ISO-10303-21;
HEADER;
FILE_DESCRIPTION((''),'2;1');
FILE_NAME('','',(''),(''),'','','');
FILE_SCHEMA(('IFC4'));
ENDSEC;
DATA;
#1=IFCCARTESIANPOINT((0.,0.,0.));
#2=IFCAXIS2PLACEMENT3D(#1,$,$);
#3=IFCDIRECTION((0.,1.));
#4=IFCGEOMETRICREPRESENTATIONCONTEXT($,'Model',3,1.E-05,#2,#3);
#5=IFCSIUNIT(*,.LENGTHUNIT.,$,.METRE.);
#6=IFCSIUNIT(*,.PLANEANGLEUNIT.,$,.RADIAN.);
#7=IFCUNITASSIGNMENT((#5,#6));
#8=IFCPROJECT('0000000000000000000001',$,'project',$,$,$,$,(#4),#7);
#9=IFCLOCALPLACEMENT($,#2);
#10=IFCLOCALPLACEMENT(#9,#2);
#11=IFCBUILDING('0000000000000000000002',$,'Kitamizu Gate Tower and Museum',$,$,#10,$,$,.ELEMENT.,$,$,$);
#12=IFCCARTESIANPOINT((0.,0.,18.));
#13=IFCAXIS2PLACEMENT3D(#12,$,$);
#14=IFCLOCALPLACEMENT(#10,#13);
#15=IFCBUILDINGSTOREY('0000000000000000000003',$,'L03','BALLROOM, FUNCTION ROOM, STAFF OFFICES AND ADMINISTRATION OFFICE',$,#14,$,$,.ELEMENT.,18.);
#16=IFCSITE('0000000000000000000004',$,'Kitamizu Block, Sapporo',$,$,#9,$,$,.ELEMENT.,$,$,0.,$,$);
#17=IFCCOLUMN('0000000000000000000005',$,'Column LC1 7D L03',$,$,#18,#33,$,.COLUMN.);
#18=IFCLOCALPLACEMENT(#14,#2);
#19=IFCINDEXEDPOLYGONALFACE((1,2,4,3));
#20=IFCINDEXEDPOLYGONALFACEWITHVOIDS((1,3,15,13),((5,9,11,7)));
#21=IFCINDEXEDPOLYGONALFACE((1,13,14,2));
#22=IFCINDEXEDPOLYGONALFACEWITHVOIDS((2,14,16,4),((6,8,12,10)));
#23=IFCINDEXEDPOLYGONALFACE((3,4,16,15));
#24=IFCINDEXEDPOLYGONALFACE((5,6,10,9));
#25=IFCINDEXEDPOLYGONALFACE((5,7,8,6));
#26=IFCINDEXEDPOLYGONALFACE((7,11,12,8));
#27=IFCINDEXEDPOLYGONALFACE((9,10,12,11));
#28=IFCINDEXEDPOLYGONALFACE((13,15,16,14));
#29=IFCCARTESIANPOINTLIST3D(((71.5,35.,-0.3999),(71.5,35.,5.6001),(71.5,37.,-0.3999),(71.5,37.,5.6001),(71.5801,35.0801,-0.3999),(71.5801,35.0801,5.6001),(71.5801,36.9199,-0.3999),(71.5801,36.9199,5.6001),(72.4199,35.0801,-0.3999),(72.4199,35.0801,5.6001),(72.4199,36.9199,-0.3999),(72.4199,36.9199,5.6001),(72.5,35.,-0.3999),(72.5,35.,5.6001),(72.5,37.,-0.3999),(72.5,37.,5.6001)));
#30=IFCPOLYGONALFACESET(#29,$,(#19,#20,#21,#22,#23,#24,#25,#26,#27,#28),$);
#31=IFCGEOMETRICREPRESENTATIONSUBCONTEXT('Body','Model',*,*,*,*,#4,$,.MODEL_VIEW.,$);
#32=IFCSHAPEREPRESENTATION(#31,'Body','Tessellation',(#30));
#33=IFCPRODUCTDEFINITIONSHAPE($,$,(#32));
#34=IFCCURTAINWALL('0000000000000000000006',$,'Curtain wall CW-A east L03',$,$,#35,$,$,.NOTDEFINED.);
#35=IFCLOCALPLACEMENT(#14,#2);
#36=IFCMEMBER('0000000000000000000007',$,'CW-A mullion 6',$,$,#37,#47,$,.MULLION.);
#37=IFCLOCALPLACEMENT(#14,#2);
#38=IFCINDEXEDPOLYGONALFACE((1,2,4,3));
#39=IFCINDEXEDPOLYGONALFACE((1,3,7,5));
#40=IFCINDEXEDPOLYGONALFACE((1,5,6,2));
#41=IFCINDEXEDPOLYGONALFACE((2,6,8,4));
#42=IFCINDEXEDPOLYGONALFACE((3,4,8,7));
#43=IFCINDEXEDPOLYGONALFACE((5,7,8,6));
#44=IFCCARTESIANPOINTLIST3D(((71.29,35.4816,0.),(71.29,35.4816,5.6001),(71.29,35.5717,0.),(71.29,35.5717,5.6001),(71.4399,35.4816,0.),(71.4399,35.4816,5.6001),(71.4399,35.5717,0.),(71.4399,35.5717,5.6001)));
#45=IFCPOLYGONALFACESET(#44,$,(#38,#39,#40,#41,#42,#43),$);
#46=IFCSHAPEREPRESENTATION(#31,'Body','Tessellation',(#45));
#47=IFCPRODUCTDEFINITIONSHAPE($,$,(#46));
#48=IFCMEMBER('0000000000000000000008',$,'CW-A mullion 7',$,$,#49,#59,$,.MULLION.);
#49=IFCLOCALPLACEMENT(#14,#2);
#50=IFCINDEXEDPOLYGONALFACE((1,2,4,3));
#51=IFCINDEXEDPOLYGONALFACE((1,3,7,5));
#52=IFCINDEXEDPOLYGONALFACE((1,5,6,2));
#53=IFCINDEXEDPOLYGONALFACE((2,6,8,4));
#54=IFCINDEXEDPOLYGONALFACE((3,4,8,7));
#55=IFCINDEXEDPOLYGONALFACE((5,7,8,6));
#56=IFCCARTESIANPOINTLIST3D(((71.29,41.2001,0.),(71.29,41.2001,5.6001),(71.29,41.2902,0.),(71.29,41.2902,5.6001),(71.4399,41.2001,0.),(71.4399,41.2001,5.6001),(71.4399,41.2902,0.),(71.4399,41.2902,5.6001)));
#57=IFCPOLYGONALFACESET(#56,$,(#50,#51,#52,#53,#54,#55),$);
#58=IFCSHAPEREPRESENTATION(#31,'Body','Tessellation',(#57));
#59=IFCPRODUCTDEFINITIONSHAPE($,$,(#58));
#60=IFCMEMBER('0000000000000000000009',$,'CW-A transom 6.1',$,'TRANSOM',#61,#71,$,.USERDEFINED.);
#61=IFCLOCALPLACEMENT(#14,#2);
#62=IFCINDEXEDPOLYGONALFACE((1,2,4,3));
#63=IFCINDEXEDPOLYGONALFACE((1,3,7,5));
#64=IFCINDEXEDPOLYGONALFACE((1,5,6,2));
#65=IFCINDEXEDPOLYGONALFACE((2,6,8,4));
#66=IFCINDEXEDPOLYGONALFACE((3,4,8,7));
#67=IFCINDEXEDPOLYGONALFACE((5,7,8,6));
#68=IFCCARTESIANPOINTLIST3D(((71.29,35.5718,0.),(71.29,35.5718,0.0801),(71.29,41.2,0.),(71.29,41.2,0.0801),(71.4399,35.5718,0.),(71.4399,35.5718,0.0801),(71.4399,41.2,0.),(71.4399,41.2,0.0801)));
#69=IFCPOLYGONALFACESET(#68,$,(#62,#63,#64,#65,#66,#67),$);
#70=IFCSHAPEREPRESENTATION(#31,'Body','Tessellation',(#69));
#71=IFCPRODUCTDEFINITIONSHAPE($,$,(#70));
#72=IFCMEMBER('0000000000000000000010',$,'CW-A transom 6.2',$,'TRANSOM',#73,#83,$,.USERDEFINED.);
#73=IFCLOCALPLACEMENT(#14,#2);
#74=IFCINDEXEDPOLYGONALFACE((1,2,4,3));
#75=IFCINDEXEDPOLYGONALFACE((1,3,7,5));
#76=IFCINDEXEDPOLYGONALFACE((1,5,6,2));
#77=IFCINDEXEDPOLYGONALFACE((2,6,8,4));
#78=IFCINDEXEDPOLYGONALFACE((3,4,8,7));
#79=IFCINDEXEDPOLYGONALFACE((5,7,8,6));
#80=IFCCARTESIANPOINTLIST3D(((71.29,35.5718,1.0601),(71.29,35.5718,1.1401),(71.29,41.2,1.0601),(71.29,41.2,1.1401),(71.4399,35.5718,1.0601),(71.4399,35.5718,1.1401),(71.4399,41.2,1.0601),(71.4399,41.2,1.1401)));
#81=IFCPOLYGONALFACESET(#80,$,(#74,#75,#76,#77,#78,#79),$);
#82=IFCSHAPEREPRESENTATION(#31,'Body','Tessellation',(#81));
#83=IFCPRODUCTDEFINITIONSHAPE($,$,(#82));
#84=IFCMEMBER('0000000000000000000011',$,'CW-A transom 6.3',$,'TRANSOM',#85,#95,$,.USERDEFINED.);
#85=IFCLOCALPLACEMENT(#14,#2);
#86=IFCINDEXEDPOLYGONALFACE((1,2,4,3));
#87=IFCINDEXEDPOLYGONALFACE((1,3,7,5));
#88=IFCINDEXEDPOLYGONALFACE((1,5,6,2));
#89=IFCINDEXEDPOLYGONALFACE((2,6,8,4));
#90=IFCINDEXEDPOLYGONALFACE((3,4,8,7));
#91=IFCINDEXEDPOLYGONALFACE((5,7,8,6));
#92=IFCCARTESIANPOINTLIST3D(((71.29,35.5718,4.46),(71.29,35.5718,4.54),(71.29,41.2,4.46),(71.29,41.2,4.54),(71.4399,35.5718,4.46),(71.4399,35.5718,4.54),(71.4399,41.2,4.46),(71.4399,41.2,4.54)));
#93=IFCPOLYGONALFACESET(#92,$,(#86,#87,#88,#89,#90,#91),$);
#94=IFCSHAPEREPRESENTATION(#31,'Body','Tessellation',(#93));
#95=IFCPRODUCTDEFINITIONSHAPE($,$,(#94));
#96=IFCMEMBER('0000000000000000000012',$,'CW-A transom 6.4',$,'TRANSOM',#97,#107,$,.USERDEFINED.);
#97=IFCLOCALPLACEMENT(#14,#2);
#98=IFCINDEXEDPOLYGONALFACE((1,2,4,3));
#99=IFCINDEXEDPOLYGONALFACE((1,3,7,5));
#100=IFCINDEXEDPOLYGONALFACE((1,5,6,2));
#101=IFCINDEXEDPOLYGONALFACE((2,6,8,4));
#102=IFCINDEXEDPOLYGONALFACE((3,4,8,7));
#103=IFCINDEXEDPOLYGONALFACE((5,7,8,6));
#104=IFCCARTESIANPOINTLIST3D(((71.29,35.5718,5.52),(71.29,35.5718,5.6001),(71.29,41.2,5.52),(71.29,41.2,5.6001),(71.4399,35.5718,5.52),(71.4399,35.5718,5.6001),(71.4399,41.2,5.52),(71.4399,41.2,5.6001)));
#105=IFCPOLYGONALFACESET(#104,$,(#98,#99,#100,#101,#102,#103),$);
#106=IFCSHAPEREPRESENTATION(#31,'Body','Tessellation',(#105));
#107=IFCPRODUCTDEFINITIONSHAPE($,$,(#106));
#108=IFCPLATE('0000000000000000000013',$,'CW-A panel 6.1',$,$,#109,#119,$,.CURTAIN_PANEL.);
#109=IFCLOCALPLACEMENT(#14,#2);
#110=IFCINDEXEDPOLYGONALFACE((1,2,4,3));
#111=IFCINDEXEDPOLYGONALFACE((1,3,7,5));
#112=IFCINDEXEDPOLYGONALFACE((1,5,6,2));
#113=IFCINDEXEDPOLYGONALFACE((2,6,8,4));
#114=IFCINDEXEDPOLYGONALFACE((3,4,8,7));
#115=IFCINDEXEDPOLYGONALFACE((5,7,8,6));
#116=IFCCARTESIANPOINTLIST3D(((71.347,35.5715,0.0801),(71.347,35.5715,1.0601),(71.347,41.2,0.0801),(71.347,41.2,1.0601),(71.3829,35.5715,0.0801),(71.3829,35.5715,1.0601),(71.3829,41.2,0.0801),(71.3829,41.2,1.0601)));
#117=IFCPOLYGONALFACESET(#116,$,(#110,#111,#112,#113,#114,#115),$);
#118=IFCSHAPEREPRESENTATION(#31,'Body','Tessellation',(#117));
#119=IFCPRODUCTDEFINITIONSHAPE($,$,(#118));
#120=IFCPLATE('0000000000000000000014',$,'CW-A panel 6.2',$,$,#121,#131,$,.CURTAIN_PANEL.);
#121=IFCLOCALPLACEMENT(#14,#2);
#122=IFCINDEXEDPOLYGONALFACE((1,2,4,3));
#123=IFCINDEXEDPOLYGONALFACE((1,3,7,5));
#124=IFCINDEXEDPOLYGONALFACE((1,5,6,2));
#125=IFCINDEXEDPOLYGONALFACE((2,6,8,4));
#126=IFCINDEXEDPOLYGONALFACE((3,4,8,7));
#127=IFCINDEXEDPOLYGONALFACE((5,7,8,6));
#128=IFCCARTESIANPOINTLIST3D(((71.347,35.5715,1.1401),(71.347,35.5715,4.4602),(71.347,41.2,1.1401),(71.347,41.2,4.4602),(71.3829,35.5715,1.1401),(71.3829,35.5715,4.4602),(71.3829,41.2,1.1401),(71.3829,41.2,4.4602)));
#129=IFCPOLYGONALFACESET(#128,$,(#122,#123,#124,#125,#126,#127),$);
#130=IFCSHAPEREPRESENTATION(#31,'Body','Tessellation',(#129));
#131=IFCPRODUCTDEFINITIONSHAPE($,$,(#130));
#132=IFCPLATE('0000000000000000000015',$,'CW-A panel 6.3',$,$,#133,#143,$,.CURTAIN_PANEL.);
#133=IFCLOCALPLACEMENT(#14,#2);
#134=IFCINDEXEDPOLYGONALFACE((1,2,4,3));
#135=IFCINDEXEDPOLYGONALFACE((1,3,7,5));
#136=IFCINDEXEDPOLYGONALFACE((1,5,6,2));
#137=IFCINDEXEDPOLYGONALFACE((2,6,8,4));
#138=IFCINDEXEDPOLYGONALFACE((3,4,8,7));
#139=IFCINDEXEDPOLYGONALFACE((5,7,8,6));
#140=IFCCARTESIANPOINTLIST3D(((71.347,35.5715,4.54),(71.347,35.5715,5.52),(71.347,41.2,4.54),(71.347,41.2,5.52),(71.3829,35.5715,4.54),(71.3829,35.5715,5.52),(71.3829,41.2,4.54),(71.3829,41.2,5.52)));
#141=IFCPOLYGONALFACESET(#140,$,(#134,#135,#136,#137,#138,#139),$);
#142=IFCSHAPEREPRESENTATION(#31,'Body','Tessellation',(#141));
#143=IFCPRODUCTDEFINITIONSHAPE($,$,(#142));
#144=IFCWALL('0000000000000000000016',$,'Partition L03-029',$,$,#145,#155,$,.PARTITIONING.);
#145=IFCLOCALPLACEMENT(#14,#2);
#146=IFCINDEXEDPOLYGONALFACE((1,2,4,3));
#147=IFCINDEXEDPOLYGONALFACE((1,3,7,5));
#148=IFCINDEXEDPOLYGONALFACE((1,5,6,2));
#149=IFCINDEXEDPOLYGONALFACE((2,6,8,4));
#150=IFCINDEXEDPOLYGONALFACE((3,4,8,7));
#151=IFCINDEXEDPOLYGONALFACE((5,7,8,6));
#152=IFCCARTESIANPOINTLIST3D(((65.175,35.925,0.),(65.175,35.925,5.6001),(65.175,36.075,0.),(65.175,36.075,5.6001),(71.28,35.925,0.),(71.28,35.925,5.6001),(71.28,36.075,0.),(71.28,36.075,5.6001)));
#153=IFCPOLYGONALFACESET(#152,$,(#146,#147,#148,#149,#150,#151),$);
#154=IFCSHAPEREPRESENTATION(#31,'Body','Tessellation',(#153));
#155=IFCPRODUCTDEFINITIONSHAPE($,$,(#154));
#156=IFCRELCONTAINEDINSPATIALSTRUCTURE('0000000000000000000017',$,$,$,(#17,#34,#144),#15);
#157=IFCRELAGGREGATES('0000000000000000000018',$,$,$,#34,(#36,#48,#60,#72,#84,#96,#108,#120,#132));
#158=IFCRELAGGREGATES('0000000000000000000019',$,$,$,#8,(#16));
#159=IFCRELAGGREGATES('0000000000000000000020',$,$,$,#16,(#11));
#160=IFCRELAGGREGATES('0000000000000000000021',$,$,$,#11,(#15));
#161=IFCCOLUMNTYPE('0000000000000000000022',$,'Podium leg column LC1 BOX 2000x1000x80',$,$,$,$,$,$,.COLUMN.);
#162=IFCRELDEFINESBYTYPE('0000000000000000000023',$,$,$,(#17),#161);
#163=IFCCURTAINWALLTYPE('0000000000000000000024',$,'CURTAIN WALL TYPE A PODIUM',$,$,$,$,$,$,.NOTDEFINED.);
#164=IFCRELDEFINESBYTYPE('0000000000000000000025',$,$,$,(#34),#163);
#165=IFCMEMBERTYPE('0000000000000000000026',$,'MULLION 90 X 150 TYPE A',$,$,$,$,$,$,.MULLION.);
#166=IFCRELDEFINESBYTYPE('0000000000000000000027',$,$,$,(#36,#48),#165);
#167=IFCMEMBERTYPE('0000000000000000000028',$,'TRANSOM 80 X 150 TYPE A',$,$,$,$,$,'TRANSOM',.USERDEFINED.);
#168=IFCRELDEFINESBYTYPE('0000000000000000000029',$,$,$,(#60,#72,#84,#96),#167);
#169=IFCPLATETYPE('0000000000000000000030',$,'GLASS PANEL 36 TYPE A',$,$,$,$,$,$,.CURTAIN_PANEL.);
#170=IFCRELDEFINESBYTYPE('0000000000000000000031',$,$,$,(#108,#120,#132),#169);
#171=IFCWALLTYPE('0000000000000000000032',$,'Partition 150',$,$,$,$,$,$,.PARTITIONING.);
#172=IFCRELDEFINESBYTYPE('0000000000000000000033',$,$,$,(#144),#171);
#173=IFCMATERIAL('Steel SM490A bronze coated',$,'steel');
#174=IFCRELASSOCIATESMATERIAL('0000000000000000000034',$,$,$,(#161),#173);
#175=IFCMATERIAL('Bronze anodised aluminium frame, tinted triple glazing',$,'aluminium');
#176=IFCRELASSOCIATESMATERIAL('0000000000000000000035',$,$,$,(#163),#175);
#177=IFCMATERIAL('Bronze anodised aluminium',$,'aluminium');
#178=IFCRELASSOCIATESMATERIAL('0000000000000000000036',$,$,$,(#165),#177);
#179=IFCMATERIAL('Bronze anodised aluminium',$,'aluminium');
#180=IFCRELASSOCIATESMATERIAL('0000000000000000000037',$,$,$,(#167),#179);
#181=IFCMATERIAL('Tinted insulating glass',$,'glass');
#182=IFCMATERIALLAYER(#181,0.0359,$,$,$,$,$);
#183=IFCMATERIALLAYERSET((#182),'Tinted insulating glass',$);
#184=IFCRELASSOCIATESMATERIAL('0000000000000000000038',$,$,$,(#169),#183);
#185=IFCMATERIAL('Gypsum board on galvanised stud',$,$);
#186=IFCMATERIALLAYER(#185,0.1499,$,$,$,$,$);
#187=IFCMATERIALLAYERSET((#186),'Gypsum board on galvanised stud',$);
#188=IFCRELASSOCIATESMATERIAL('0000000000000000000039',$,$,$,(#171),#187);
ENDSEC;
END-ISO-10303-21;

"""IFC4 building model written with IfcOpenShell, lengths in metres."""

from ifc_helpers import new_model, si_unit, direction, frame, frame_2d, origin, origin_2d, place, context, subcontext, project, spatial, rectangle, hollow_rectangle, extrude, material, layer, layer_set, material_profile, profile_set, type_object, element, aggregate, save


model = new_model("IFC4")

# Units and contexts
model_context = context("Model", 3, precision=1e-05, world=origin(), true_north=direction((0.0, 1.0)))
body_context = subcontext(model_context, "Body", "Model", "MODEL_VIEW")
ifc_project = project(units=[si_unit("LENGTHUNIT", "METRE"), si_unit("PLANEANGLEUNIT", "RADIAN")], contexts=[model_context])

# Site, building, storey
site_placement = place(None, origin())
site = spatial("IfcSite", under=ifc_project, at=site_placement, Name="Kitamizu Block, Sapporo", CompositionType="ELEMENT", RefElevation=0.0)
building_placement = place(site_placement, origin())
building = spatial("IfcBuilding", under=site, at=building_placement, Name="Kitamizu Gate Tower and Museum", CompositionType="ELEMENT")
storey_placement = place(building_placement, frame((0.0, 0.0, 18.0)))
storey = spatial("IfcBuildingStorey", under=building, at=storey_placement, Name="L03", Description="BALLROOM, FUNCTION ROOM, STAFF OFFICES AND ADMINISTRATION OFFICE", CompositionType="ELEMENT", Elevation=18.0)

# Column
ifc_material_1 = material(Name="Steel SM490A bronze coated", Category="steel")
ifc_material_profile_1 = material_profile(ifc_material_1, hollow_rectangle(XDim=2.0, YDim=1.0, WallThickness=0.0801, at=origin_2d()), Name="BOX 2000x1000x80")
ifc_profile_set_1 = profile_set([ifc_material_profile_1], Name="Steel SM490A bronze coated")
column_type = type_object("IfcColumnType", Name="Podium leg column LC1 BOX 2000x1000x80", PredefinedType="COLUMN", material=ifc_profile_set_1)
column_placement = place(storey_placement, frame((72.0, 36.0, -0.3999), z_axis=(0.0, 0.0, 1.0), x_axis=(0.0, 1.0, 0.0)))
element("IfcColumn", 1, at=column_placement, inside=storey, type_object=column_type, Name="Column LC1 7D L03", PredefinedType="COLUMN", context=body_context, shape_type="SweptSolid", body=[
    extrude(hollow_rectangle(XDim=2.0, YDim=1.0, WallThickness=0.0801, at=origin_2d()), origin(), (0.0, 0.0, 1.0), 6.0),
])

# Curtain wall, members, plates
ifc_material_2 = material(Name="Bronze anodised aluminium frame, tinted triple glazing", Category="aluminium")
curtain_wall_type = type_object("IfcCurtainWallType", Name="CURTAIN WALL TYPE A PODIUM", PredefinedType="NOTDEFINED", material=ifc_material_2)
curtain_wall_placement = place(storey_placement, origin())
curtain_wall = element("IfcCurtainWall", 2, at=curtain_wall_placement, inside=storey, type_object=curtain_wall_type, Name="Curtain wall CW-A east L03", PredefinedType="NOTDEFINED")
ifc_material_3 = material(Name="Bronze anodised aluminium", Category="aluminium")
ifc_material_profile_2 = material_profile(ifc_material_3, rectangle(XDim=0.0901, YDim=0.1499, at=origin_2d()), Name="AL 90X150")
ifc_profile_set_2 = profile_set([ifc_material_profile_2], Name="Bronze anodised aluminium")
member_type_1 = type_object("IfcMemberType", Name="MULLION 90 X 150 TYPE A", PredefinedType="MULLION", material=ifc_profile_set_2)
member_1_placement = place(storey_placement, frame((71.365, 35.5266, 0.0), z_axis=(0.0, 0.0, 1.0), x_axis=(0.0, 1.0, 0.0)))
member_1 = element("IfcMember", 3, at=member_1_placement, type_object=member_type_1, Name="CW-A mullion 6", PredefinedType="MULLION", context=body_context, shape_type="SweptSolid", body=[
    extrude(rectangle(XDim=0.0901, YDim=0.1499, at=origin_2d()), origin(), (0.0, 0.0, 1.0), 5.6001),
])
member_2_placement = place(storey_placement, frame((71.365, 41.2451, 0.0), z_axis=(0.0, 0.0, 1.0), x_axis=(0.0, 1.0, 0.0)))
member_2 = element("IfcMember", 4, at=member_2_placement, type_object=member_type_1, Name="CW-A mullion 7", PredefinedType="MULLION", context=body_context, shape_type="SweptSolid", body=[
    extrude(rectangle(XDim=0.0901, YDim=0.1499, at=origin_2d()), origin(), (0.0, 0.0, 1.0), 5.6001),
])
ifc_material_4 = material(Name="Bronze anodised aluminium", Category="aluminium")
ifc_material_profile_3 = material_profile(ifc_material_4, rectangle(XDim=0.1499, YDim=0.0801, at=origin_2d()), Name="AL 80X150")
ifc_profile_set_3 = profile_set([ifc_material_profile_3], Name="Bronze anodised aluminium")
member_type_2 = type_object("IfcMemberType", Name="TRANSOM 80 X 150 TYPE A", ElementType="TRANSOM", PredefinedType="USERDEFINED", material=ifc_profile_set_3)
member_3_placement = place(storey_placement, frame((71.365, 35.5718, 0.04), z_axis=(0.0, 1.0, 0.0), x_axis=(-1.0, 0.0, 0.0)))
member_3 = element("IfcMember", 5, at=member_3_placement, type_object=member_type_2, Name="CW-A transom 6.1", ObjectType="TRANSOM", PredefinedType="USERDEFINED", context=body_context, shape_type="SweptSolid", body=[
    extrude(rectangle(XDim=0.1499, YDim=0.0801, at=origin_2d()), origin(), (0.0, 0.0, 1.0), 5.6282),
])
member_4_placement = place(storey_placement, frame((71.365, 35.5718, 1.1001), z_axis=(0.0, 1.0, 0.0), x_axis=(-1.0, 0.0, 0.0)))
member_4 = element("IfcMember", 6, at=member_4_placement, type_object=member_type_2, Name="CW-A transom 6.2", ObjectType="TRANSOM", PredefinedType="USERDEFINED", context=body_context, shape_type="SweptSolid", body=[
    extrude(rectangle(XDim=0.1499, YDim=0.0801, at=origin_2d()), origin(), (0.0, 0.0, 1.0), 5.6282),
])
member_5_placement = place(storey_placement, frame((71.365, 35.5718, 4.5), z_axis=(0.0, 1.0, 0.0), x_axis=(-1.0, 0.0, 0.0)))
member_5 = element("IfcMember", 7, at=member_5_placement, type_object=member_type_2, Name="CW-A transom 6.3", ObjectType="TRANSOM", PredefinedType="USERDEFINED", context=body_context, shape_type="SweptSolid", body=[
    extrude(rectangle(XDim=0.1499, YDim=0.0801, at=origin_2d()), origin(), (0.0, 0.0, 1.0), 5.6282),
])
member_6_placement = place(storey_placement, frame((71.365, 35.5718, 5.5601), z_axis=(0.0, 1.0, 0.0), x_axis=(-1.0, 0.0, 0.0)))
member_6 = element("IfcMember", 8, at=member_6_placement, type_object=member_type_2, Name="CW-A transom 6.4", ObjectType="TRANSOM", PredefinedType="USERDEFINED", context=body_context, shape_type="SweptSolid", body=[
    extrude(rectangle(XDim=0.1499, YDim=0.0801, at=origin_2d()), origin(), (0.0, 0.0, 1.0), 5.6282),
])
ifc_material_5 = material(Name="Tinted insulating glass", Category="glass")
ifc_layer_1 = layer(ifc_material_5, 0.0359)
ifc_layer_set_1 = layer_set([ifc_layer_1], Name="Tinted insulating glass")
plate_type = type_object("IfcPlateType", Name="GLASS PANEL 36 TYPE A", PredefinedType="CURTAIN_PANEL", material=ifc_layer_set_1)
plate_1_placement = place(storey_placement, frame((71.365, 38.3857, 0.0801), z_axis=(0.0, 0.0, 1.0), x_axis=(0.0, 1.0, 0.0)))
plate_1 = element("IfcPlate", 9, at=plate_1_placement, type_object=plate_type, Name="CW-A panel 6.1", PredefinedType="CURTAIN_PANEL", context=body_context, shape_type="SweptSolid", body=[
    extrude(rectangle(XDim=5.6284, YDim=0.0359, at=origin_2d()), origin(), (0.0, 0.0, 1.0), 0.98),
])
plate_2_placement = place(storey_placement, frame((71.365, 38.3857, 1.1401), z_axis=(0.0, 0.0, 1.0), x_axis=(0.0, 1.0, 0.0)))
plate_2 = element("IfcPlate", 10, at=plate_2_placement, type_object=plate_type, Name="CW-A panel 6.2", PredefinedType="CURTAIN_PANEL", context=body_context, shape_type="SweptSolid", body=[
    extrude(rectangle(XDim=5.6284, YDim=0.0359, at=origin_2d()), origin(), (0.0, 0.0, 1.0), 3.3201),
])
plate_3_placement = place(storey_placement, frame((71.365, 38.3857, 4.54), z_axis=(0.0, 0.0, 1.0), x_axis=(0.0, 1.0, 0.0)))
plate_3 = element("IfcPlate", 11, at=plate_3_placement, type_object=plate_type, Name="CW-A panel 6.3", PredefinedType="CURTAIN_PANEL", context=body_context, shape_type="SweptSolid", body=[
    extrude(rectangle(XDim=5.6284, YDim=0.0359, at=origin_2d()), origin(), (0.0, 0.0, 1.0), 0.98),
])
aggregate(curtain_wall, [member_1, member_2, member_3, member_4, member_5, member_6, plate_1, plate_2, plate_3])

# Wall
ifc_material_6 = material(Name="Gypsum board on galvanised stud")
ifc_layer_2 = layer(ifc_material_6, 0.1499)
ifc_layer_set_2 = layer_set([ifc_layer_2], Name="Gypsum board on galvanised stud")
wall_type_1 = type_object("IfcWallType", Name="Partition 150", PredefinedType="PARTITIONING", material=ifc_layer_set_2)
wall_1_placement = place(storey_placement, frame((71.28, 36.0, 0.0), z_axis=(0.0, 0.0, 1.0), x_axis=(-1.0, 0.0, 0.0)))
element("IfcWall", 12, at=wall_1_placement, inside=storey, type_object=wall_type_1, Name="Partition L03-029", PredefinedType="PARTITIONING", context=body_context, shape_type="SweptSolid", body=[
    extrude(rectangle(XDim=6.105, YDim=0.1499, at=frame_2d((3.0525, 0.0))), origin(), (0.0, 0.0, 1.0), 5.6001),
])

save(model, "model.ifc")
